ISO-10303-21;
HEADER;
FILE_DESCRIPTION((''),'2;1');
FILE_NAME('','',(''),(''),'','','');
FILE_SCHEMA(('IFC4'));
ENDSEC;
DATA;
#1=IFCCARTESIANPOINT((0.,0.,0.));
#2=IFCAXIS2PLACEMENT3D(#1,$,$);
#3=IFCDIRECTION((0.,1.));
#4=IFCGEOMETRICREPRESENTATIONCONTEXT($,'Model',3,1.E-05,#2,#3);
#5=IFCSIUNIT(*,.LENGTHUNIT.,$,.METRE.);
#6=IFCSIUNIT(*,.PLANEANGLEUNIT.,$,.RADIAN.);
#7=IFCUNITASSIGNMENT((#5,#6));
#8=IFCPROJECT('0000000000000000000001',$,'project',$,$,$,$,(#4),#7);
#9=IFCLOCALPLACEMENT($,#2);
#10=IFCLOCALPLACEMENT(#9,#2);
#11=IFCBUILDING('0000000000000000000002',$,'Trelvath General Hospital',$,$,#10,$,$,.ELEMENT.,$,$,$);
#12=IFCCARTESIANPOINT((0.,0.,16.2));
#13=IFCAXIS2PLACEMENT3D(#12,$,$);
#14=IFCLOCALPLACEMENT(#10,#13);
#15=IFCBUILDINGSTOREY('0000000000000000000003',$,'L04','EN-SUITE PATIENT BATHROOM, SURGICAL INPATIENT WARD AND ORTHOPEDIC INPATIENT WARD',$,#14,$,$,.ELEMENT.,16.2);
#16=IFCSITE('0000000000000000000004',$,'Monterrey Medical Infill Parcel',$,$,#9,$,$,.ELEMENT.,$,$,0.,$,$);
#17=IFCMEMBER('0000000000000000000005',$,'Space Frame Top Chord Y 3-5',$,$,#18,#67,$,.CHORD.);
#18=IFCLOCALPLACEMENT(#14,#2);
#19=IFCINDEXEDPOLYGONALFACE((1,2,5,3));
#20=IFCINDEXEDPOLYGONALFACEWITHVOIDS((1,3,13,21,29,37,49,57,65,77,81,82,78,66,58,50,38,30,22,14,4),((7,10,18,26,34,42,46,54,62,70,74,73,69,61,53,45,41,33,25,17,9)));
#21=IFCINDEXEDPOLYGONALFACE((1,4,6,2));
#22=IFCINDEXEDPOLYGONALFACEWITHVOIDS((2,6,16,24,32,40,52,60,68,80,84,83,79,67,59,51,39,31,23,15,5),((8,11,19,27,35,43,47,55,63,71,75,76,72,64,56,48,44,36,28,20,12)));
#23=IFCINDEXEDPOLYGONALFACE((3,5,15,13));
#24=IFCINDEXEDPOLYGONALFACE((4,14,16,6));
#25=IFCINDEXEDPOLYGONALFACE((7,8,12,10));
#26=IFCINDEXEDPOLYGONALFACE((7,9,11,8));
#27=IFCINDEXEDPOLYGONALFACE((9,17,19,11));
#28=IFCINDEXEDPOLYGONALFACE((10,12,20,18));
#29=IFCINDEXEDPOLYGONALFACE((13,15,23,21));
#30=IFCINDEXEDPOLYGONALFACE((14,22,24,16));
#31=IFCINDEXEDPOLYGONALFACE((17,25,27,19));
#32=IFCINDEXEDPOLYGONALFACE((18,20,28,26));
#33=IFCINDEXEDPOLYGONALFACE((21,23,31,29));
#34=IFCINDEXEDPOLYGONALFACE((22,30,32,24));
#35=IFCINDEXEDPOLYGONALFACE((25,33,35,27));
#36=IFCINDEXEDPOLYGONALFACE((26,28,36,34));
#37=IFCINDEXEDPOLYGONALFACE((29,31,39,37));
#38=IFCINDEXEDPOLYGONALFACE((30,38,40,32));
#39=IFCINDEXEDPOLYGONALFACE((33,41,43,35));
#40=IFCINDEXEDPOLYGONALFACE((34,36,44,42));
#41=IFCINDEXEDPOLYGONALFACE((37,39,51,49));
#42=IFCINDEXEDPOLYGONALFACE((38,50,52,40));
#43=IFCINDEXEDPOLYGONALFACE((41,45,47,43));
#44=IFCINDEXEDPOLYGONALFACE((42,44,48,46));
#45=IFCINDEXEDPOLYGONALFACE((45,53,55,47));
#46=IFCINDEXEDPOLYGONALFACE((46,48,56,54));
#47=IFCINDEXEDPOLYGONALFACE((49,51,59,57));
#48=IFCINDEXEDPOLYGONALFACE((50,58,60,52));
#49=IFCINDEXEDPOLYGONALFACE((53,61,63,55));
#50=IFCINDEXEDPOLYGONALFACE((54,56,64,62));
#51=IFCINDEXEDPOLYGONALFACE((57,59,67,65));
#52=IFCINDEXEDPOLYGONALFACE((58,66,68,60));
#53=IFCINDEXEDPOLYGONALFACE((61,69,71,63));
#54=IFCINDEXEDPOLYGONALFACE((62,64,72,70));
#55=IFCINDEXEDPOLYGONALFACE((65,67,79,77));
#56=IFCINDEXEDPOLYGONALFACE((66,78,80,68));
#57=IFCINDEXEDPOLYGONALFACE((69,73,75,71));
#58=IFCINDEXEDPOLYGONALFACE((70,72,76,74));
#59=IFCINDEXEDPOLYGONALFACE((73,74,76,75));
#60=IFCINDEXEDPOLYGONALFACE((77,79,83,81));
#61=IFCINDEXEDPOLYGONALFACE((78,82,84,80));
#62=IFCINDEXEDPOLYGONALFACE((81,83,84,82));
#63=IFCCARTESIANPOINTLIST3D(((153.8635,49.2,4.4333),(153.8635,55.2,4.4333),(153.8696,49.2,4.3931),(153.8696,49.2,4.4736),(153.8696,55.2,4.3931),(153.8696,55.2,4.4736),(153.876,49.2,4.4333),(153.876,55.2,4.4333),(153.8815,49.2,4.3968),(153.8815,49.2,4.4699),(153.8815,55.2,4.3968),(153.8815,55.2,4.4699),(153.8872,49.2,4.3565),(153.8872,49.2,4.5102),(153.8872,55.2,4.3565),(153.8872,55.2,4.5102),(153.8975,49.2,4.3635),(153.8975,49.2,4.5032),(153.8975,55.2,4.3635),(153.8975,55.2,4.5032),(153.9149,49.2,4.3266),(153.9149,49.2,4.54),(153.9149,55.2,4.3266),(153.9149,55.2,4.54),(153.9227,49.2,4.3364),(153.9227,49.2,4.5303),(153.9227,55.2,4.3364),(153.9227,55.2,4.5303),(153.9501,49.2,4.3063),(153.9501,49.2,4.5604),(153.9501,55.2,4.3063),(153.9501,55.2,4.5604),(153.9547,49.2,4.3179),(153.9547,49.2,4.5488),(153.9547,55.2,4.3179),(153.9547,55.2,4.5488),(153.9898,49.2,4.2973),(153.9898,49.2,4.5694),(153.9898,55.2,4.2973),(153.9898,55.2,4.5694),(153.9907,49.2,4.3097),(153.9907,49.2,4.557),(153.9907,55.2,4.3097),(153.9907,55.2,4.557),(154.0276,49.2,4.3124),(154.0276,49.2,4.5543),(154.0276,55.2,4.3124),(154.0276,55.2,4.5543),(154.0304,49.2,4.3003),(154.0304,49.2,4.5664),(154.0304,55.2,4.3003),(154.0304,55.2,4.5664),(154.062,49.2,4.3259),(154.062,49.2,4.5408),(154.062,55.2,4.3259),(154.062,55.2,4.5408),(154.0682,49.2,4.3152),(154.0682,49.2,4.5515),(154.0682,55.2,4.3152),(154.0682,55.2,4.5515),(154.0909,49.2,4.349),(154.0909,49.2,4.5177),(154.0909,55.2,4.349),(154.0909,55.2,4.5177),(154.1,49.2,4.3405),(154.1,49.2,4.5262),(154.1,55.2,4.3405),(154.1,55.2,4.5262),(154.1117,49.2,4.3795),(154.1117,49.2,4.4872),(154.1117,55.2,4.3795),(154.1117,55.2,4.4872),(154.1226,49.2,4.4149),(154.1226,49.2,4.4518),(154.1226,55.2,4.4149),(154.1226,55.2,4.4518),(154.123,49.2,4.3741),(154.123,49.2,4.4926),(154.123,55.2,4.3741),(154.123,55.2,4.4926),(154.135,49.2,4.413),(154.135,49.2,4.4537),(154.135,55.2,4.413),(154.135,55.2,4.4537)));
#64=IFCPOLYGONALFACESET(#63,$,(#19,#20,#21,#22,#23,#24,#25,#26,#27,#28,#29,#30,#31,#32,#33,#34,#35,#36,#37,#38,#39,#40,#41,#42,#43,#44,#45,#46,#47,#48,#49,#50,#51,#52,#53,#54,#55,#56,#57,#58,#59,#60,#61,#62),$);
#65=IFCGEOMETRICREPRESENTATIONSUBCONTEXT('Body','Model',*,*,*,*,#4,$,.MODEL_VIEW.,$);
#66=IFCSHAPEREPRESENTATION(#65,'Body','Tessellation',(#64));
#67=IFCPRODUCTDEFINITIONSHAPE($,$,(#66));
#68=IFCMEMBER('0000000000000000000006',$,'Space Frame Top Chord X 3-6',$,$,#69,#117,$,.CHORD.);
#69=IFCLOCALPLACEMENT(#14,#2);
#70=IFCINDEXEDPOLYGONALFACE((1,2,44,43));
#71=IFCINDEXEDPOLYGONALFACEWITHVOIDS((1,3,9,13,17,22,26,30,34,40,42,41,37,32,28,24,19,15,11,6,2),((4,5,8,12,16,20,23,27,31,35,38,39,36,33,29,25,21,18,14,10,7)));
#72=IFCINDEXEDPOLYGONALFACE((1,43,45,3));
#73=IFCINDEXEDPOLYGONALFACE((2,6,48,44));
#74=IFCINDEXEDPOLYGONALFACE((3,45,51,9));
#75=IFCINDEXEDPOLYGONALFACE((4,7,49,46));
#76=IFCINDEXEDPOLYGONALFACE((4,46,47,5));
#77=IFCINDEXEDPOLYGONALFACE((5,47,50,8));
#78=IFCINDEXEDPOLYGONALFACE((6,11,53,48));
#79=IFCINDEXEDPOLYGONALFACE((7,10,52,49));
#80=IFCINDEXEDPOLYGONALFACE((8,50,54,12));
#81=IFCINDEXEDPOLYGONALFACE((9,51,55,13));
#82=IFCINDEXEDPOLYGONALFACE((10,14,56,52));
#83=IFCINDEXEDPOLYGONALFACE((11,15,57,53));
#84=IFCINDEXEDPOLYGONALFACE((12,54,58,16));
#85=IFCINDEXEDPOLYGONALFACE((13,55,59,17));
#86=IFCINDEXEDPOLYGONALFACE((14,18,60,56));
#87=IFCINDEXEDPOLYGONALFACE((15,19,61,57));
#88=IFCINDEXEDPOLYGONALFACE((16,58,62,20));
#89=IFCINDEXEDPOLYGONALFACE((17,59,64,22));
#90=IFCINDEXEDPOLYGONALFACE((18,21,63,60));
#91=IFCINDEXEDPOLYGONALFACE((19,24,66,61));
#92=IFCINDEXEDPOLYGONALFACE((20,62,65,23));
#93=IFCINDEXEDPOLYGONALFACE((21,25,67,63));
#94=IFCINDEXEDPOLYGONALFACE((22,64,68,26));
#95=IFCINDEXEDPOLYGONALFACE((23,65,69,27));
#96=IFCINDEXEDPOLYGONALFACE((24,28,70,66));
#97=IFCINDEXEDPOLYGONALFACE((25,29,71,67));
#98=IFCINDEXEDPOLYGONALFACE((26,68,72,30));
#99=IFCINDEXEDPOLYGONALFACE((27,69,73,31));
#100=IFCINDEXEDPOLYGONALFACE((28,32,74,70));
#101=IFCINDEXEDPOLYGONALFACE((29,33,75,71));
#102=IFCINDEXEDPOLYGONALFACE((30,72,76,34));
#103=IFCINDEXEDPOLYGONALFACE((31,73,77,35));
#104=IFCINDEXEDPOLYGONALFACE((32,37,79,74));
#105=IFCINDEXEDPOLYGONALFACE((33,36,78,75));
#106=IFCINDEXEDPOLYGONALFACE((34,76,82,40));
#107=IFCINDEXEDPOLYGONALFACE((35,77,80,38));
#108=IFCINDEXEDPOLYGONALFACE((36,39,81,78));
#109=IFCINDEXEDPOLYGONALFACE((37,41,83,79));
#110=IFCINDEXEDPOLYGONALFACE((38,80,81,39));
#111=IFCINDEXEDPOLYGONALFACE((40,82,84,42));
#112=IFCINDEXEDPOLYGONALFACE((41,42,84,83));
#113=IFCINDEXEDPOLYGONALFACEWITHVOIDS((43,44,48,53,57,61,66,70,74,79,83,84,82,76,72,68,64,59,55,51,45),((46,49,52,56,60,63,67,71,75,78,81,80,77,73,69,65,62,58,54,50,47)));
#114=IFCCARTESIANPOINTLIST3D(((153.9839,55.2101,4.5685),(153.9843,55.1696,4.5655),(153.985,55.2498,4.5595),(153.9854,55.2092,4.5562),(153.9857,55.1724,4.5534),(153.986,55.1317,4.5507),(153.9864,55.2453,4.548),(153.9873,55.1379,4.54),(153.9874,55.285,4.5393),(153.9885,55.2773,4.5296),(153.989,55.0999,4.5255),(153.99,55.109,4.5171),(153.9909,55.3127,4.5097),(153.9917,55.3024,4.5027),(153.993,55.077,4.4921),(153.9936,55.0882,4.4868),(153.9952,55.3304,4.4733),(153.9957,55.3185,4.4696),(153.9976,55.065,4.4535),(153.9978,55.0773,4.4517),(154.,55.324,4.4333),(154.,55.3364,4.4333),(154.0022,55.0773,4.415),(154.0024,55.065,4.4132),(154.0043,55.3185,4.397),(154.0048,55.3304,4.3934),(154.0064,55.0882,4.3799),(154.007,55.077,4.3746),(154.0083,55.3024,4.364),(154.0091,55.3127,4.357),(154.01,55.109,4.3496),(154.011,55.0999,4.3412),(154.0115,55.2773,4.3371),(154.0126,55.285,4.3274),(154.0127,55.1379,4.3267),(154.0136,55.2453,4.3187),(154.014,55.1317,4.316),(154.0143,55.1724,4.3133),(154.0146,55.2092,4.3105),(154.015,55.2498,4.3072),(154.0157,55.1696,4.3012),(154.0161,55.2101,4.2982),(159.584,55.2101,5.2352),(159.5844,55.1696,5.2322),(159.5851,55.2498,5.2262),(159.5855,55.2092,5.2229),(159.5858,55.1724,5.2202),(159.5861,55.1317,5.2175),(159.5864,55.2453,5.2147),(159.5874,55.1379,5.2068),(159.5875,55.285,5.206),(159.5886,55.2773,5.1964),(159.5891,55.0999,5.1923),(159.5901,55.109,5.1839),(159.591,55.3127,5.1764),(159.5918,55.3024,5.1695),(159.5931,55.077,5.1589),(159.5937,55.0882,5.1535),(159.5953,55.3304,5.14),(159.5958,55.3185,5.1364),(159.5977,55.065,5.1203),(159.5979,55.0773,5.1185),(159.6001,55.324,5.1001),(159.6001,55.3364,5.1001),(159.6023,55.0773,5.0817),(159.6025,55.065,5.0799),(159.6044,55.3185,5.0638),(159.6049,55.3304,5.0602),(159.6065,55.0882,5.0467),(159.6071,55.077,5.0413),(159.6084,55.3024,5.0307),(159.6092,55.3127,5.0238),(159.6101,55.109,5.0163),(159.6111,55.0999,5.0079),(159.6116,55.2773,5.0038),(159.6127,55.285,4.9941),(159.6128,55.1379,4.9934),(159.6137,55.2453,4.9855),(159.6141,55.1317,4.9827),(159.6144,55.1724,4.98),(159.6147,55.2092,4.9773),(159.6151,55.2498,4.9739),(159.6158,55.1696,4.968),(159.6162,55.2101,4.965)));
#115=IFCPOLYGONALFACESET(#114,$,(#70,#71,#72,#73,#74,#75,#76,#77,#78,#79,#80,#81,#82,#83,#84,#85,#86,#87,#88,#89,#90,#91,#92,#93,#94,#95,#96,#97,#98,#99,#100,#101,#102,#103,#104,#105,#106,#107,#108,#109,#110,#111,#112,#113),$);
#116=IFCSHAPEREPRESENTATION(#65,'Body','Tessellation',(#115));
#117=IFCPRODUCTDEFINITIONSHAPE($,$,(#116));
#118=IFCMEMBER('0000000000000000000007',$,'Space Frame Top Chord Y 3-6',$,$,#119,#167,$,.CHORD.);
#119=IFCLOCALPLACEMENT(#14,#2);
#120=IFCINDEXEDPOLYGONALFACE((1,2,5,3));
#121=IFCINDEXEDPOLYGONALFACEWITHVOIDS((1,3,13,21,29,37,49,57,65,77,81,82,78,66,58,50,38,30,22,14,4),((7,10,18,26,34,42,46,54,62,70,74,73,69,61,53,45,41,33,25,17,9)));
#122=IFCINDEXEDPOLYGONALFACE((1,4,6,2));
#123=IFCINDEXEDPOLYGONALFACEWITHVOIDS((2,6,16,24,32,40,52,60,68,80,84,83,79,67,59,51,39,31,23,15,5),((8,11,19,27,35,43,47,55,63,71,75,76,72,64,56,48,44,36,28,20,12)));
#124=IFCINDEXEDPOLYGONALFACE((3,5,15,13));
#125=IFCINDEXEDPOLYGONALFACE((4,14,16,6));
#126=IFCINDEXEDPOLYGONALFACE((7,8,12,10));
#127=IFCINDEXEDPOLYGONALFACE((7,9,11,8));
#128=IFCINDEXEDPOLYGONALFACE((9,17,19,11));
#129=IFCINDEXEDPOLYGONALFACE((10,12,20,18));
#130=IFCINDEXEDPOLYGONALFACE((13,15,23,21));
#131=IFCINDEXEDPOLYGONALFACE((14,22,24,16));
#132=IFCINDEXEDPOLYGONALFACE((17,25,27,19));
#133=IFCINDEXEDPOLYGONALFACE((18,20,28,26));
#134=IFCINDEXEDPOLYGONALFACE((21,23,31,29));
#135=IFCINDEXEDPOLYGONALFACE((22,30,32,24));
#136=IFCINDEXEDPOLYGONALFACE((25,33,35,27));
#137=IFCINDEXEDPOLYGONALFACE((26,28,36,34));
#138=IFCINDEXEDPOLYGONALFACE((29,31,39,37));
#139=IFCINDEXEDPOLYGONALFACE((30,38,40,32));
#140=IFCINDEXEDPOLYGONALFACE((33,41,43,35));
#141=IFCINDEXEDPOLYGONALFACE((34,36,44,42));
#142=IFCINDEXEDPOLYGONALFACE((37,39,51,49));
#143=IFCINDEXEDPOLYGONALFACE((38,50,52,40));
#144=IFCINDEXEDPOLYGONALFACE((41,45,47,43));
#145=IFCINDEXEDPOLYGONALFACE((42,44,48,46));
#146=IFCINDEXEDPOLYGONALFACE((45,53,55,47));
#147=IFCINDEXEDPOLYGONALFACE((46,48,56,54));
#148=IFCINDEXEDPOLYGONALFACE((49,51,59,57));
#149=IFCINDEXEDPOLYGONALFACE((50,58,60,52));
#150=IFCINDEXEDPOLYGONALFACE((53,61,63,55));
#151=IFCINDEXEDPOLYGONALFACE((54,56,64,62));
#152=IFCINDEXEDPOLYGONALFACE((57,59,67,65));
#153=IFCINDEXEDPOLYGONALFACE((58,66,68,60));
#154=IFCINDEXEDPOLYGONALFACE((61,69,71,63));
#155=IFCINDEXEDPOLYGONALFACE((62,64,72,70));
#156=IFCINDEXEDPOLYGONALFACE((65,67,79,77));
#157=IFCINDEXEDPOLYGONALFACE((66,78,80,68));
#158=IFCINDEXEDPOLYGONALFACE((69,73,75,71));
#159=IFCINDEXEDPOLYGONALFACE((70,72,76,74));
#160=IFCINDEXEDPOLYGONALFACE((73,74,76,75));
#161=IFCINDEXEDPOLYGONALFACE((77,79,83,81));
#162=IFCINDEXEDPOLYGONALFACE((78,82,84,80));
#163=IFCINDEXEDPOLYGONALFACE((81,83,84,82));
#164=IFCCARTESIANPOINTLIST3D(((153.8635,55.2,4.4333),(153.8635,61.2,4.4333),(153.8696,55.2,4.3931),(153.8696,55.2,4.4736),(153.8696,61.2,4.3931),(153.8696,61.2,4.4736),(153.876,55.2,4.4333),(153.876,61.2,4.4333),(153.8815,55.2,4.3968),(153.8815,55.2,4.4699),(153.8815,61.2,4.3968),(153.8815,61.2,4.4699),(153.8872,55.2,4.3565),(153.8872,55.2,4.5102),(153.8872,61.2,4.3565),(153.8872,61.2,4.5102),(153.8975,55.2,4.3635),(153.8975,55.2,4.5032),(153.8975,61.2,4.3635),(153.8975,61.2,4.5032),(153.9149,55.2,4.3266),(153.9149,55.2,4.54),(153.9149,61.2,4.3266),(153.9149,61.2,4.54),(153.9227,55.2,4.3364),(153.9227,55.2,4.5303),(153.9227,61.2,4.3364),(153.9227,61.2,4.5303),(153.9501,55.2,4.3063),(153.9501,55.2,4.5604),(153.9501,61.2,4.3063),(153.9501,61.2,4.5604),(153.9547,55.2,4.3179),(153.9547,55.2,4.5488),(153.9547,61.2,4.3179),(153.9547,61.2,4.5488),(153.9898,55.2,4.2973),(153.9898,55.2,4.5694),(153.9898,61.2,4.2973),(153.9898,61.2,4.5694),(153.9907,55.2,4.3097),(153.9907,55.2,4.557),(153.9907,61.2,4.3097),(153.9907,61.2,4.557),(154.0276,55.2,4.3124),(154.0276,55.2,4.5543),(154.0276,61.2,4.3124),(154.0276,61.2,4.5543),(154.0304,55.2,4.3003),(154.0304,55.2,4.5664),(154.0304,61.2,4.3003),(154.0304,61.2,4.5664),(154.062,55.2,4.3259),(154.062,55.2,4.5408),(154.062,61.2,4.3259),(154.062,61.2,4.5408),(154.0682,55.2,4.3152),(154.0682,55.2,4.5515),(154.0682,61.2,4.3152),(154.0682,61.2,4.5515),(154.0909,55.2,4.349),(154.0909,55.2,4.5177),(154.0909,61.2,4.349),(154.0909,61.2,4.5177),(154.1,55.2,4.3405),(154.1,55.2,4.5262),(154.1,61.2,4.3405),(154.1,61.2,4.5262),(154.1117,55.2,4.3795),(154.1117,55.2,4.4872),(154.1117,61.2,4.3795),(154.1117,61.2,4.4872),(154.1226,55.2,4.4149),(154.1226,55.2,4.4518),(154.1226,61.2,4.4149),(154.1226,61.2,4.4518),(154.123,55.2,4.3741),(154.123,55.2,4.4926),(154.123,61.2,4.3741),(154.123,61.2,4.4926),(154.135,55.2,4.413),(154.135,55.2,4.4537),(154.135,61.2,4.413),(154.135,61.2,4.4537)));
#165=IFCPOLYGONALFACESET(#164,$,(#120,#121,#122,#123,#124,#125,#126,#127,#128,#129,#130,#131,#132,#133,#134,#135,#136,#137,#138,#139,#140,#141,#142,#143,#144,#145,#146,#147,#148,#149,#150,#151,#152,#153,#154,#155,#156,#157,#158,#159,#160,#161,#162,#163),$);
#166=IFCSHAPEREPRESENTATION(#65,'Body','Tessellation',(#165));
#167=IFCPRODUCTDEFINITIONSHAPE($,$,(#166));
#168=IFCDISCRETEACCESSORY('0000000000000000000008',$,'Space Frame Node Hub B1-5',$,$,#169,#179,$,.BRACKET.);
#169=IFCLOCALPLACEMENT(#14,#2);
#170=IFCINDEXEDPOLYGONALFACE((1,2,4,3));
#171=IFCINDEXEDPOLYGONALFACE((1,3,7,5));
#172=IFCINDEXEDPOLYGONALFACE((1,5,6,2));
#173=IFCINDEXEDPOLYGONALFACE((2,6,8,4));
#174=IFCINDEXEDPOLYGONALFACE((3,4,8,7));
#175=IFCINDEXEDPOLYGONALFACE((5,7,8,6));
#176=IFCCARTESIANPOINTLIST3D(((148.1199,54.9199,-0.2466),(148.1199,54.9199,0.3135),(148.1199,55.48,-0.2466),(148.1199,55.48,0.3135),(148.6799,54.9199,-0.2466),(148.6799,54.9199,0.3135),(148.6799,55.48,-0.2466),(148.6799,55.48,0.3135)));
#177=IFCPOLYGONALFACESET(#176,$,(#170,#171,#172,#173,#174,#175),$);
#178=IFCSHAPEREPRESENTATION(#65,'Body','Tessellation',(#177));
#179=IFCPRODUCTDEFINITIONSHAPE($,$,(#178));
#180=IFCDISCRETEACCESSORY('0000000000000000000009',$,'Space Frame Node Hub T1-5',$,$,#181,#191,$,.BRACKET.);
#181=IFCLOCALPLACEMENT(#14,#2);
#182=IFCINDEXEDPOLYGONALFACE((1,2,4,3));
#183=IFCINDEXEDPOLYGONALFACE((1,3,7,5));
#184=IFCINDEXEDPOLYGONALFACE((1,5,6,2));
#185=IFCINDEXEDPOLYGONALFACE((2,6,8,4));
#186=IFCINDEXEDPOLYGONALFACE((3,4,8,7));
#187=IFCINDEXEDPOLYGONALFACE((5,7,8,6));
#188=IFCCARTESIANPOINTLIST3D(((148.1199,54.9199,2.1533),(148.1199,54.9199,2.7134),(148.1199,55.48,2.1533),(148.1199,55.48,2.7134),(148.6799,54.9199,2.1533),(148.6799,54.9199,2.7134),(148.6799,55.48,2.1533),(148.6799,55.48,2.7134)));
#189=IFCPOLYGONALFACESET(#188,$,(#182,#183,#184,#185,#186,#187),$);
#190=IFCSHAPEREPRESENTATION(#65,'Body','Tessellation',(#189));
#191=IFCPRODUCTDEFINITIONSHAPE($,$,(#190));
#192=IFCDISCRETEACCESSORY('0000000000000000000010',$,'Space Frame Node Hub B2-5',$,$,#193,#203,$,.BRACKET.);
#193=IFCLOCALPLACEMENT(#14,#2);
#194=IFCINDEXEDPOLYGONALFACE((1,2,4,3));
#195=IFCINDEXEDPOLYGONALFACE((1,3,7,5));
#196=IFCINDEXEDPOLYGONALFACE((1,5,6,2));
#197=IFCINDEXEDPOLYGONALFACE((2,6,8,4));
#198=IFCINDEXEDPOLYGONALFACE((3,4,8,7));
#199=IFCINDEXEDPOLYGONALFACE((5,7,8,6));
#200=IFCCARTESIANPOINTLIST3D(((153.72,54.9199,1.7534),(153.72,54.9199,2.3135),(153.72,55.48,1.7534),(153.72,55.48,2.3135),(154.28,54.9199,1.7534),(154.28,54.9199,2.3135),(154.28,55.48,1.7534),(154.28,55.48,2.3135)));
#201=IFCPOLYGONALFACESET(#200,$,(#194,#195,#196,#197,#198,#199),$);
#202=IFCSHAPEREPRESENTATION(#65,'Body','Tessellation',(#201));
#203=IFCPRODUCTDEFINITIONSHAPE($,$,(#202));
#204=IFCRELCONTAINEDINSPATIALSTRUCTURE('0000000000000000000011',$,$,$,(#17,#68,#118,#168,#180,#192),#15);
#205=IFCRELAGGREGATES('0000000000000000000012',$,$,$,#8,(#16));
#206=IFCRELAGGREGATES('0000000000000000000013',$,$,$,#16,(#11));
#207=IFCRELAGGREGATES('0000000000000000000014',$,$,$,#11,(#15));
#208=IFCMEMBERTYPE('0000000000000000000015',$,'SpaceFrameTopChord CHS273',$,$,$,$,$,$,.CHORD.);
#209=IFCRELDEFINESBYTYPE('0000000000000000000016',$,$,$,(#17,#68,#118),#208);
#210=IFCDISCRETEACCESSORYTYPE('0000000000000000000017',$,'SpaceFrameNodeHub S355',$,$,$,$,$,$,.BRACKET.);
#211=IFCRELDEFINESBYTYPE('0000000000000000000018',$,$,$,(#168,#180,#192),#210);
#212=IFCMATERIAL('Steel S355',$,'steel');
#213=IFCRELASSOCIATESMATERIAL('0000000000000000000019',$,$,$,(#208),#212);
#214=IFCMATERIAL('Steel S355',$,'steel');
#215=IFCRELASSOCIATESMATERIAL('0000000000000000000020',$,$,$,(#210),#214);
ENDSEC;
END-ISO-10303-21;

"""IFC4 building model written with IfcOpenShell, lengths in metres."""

from ifc_helpers import new_model, si_unit, direction, frame, origin, origin_2d, place, context, subcontext, project, spatial, rectangle, hollow_circle, extrude, material, material_profile, profile_set, type_object, element, save


model = new_model("IFC4")

# Units and contexts
model_context = context("Model", 3, precision=1e-05, world=origin(), true_north=direction((0.0, 1.0)))
body_context = subcontext(model_context, "Body", "Model", "MODEL_VIEW")
ifc_project = project(units=[si_unit("LENGTHUNIT", "METRE"), si_unit("PLANEANGLEUNIT", "RADIAN")], contexts=[model_context])

# Site, building, storey
site_placement = place(None, origin())
site = spatial("IfcSite", under=ifc_project, at=site_placement, Name="Monterrey Medical Infill Parcel", CompositionType="ELEMENT", RefElevation=0.0)
building_placement = place(site_placement, origin())
building = spatial("IfcBuilding", under=site, at=building_placement, Name="Trelvath General Hospital", CompositionType="ELEMENT")
storey_placement = place(building_placement, frame((0.0, 0.0, 16.2)))
storey = spatial("IfcBuildingStorey", under=building, at=storey_placement, Name="L04", Description="EN-SUITE PATIENT BATHROOM, SURGICAL INPATIENT WARD AND ORTHOPEDIC INPATIENT WARD", CompositionType="ELEMENT", Elevation=16.2)

# Members
ifc_material_1 = material(Name="Steel S355", Category="steel")
ifc_material_profile_1 = material_profile(ifc_material_1, hollow_circle(Radius=0.1365, WallThickness=0.0125, at=origin_2d()), Name="CHS273.0x12.5")
ifc_profile_set_1 = profile_set([ifc_material_profile_1], Name="Steel S355")
member_type_1 = type_object("IfcMemberType", Name="SpaceFrameTopChord CHS273", PredefinedType="CHORD", material=ifc_profile_set_1)
member_1_placement = place(storey_placement, frame((154.0, 49.2, 4.4333), z_axis=(0.0, 1.0, 0.0), x_axis=(-1.0, 0.0, 0.0)))
element("IfcMember", 1, at=member_1_placement, inside=storey, type_object=member_type_1, Name="Space Frame Top Chord Y 3-5", PredefinedType="CHORD", context=body_context, shape_type="SweptSolid", body=[
    extrude(hollow_circle(Radius=0.1365, WallThickness=0.0125, at=origin_2d()), origin(), (0.0, 0.0, 1.0), 6.0),
])
member_2_placement = place(storey_placement, frame((154.0, 55.2, 4.4333), z_axis=(0.992987, 0.0, 0.118225), x_axis=(0.0, 1.0, 0.0)))
element("IfcMember", 2, at=member_2_placement, inside=storey, type_object=member_type_1, Name="Space Frame Top Chord X 3-6", PredefinedType="CHORD", context=body_context, shape_type="SweptSolid", body=[
    extrude(hollow_circle(Radius=0.1365, WallThickness=0.0125, at=origin_2d()), origin(), (0.0, 0.0, 1.0), 5.6396),
])
member_3_placement = place(storey_placement, frame((154.0, 55.2, 4.4333), z_axis=(0.0, 1.0, 0.0), x_axis=(-1.0, 0.0, 0.0)))
element("IfcMember", 3, at=member_3_placement, inside=storey, type_object=member_type_1, Name="Space Frame Top Chord Y 3-6", PredefinedType="CHORD", context=body_context, shape_type="SweptSolid", body=[
    extrude(hollow_circle(Radius=0.1365, WallThickness=0.0125, at=origin_2d()), origin(), (0.0, 0.0, 1.0), 6.0),
])

# Discrete accessories
ifc_material_2 = material(Name="Steel S355", Category="steel")
discrete_accessory_type = type_object("IfcDiscreteAccessoryType", Name="SpaceFrameNodeHub S355", PredefinedType="BRACKET", material=ifc_material_2)
for number, where, z_axis, x_axis, name in (
    (4, (148.3999, 55.2, -0.2466), (0.0, 0.0, 1.0), (1.0, 0.0, 0.0), "Space Frame Node Hub B1-5"),
    (5, (148.3999, 55.2, 2.1533), (0.0, 0.0, 1.0), (1.0, 0.0, 0.0), "Space Frame Node Hub T1-5"),
    (6, (154.0, 55.2, 1.7534), (0.0, 0.0, 1.0), (1.0, 0.0, 0.0), "Space Frame Node Hub B2-5"),
):
    element("IfcDiscreteAccessory", number, at=place(storey_placement, frame(where, z_axis=z_axis, x_axis=x_axis)), inside=storey, type_object=discrete_accessory_type, Name=name, PredefinedType="BRACKET", context=body_context, shape_type="SweptSolid", body=[
        extrude(rectangle(XDim=0.5601, YDim=0.5601, at=origin_2d()), origin(), (0.0, 0.0, 1.0), 0.5601),
    ])

save(model, "model.ifc")
